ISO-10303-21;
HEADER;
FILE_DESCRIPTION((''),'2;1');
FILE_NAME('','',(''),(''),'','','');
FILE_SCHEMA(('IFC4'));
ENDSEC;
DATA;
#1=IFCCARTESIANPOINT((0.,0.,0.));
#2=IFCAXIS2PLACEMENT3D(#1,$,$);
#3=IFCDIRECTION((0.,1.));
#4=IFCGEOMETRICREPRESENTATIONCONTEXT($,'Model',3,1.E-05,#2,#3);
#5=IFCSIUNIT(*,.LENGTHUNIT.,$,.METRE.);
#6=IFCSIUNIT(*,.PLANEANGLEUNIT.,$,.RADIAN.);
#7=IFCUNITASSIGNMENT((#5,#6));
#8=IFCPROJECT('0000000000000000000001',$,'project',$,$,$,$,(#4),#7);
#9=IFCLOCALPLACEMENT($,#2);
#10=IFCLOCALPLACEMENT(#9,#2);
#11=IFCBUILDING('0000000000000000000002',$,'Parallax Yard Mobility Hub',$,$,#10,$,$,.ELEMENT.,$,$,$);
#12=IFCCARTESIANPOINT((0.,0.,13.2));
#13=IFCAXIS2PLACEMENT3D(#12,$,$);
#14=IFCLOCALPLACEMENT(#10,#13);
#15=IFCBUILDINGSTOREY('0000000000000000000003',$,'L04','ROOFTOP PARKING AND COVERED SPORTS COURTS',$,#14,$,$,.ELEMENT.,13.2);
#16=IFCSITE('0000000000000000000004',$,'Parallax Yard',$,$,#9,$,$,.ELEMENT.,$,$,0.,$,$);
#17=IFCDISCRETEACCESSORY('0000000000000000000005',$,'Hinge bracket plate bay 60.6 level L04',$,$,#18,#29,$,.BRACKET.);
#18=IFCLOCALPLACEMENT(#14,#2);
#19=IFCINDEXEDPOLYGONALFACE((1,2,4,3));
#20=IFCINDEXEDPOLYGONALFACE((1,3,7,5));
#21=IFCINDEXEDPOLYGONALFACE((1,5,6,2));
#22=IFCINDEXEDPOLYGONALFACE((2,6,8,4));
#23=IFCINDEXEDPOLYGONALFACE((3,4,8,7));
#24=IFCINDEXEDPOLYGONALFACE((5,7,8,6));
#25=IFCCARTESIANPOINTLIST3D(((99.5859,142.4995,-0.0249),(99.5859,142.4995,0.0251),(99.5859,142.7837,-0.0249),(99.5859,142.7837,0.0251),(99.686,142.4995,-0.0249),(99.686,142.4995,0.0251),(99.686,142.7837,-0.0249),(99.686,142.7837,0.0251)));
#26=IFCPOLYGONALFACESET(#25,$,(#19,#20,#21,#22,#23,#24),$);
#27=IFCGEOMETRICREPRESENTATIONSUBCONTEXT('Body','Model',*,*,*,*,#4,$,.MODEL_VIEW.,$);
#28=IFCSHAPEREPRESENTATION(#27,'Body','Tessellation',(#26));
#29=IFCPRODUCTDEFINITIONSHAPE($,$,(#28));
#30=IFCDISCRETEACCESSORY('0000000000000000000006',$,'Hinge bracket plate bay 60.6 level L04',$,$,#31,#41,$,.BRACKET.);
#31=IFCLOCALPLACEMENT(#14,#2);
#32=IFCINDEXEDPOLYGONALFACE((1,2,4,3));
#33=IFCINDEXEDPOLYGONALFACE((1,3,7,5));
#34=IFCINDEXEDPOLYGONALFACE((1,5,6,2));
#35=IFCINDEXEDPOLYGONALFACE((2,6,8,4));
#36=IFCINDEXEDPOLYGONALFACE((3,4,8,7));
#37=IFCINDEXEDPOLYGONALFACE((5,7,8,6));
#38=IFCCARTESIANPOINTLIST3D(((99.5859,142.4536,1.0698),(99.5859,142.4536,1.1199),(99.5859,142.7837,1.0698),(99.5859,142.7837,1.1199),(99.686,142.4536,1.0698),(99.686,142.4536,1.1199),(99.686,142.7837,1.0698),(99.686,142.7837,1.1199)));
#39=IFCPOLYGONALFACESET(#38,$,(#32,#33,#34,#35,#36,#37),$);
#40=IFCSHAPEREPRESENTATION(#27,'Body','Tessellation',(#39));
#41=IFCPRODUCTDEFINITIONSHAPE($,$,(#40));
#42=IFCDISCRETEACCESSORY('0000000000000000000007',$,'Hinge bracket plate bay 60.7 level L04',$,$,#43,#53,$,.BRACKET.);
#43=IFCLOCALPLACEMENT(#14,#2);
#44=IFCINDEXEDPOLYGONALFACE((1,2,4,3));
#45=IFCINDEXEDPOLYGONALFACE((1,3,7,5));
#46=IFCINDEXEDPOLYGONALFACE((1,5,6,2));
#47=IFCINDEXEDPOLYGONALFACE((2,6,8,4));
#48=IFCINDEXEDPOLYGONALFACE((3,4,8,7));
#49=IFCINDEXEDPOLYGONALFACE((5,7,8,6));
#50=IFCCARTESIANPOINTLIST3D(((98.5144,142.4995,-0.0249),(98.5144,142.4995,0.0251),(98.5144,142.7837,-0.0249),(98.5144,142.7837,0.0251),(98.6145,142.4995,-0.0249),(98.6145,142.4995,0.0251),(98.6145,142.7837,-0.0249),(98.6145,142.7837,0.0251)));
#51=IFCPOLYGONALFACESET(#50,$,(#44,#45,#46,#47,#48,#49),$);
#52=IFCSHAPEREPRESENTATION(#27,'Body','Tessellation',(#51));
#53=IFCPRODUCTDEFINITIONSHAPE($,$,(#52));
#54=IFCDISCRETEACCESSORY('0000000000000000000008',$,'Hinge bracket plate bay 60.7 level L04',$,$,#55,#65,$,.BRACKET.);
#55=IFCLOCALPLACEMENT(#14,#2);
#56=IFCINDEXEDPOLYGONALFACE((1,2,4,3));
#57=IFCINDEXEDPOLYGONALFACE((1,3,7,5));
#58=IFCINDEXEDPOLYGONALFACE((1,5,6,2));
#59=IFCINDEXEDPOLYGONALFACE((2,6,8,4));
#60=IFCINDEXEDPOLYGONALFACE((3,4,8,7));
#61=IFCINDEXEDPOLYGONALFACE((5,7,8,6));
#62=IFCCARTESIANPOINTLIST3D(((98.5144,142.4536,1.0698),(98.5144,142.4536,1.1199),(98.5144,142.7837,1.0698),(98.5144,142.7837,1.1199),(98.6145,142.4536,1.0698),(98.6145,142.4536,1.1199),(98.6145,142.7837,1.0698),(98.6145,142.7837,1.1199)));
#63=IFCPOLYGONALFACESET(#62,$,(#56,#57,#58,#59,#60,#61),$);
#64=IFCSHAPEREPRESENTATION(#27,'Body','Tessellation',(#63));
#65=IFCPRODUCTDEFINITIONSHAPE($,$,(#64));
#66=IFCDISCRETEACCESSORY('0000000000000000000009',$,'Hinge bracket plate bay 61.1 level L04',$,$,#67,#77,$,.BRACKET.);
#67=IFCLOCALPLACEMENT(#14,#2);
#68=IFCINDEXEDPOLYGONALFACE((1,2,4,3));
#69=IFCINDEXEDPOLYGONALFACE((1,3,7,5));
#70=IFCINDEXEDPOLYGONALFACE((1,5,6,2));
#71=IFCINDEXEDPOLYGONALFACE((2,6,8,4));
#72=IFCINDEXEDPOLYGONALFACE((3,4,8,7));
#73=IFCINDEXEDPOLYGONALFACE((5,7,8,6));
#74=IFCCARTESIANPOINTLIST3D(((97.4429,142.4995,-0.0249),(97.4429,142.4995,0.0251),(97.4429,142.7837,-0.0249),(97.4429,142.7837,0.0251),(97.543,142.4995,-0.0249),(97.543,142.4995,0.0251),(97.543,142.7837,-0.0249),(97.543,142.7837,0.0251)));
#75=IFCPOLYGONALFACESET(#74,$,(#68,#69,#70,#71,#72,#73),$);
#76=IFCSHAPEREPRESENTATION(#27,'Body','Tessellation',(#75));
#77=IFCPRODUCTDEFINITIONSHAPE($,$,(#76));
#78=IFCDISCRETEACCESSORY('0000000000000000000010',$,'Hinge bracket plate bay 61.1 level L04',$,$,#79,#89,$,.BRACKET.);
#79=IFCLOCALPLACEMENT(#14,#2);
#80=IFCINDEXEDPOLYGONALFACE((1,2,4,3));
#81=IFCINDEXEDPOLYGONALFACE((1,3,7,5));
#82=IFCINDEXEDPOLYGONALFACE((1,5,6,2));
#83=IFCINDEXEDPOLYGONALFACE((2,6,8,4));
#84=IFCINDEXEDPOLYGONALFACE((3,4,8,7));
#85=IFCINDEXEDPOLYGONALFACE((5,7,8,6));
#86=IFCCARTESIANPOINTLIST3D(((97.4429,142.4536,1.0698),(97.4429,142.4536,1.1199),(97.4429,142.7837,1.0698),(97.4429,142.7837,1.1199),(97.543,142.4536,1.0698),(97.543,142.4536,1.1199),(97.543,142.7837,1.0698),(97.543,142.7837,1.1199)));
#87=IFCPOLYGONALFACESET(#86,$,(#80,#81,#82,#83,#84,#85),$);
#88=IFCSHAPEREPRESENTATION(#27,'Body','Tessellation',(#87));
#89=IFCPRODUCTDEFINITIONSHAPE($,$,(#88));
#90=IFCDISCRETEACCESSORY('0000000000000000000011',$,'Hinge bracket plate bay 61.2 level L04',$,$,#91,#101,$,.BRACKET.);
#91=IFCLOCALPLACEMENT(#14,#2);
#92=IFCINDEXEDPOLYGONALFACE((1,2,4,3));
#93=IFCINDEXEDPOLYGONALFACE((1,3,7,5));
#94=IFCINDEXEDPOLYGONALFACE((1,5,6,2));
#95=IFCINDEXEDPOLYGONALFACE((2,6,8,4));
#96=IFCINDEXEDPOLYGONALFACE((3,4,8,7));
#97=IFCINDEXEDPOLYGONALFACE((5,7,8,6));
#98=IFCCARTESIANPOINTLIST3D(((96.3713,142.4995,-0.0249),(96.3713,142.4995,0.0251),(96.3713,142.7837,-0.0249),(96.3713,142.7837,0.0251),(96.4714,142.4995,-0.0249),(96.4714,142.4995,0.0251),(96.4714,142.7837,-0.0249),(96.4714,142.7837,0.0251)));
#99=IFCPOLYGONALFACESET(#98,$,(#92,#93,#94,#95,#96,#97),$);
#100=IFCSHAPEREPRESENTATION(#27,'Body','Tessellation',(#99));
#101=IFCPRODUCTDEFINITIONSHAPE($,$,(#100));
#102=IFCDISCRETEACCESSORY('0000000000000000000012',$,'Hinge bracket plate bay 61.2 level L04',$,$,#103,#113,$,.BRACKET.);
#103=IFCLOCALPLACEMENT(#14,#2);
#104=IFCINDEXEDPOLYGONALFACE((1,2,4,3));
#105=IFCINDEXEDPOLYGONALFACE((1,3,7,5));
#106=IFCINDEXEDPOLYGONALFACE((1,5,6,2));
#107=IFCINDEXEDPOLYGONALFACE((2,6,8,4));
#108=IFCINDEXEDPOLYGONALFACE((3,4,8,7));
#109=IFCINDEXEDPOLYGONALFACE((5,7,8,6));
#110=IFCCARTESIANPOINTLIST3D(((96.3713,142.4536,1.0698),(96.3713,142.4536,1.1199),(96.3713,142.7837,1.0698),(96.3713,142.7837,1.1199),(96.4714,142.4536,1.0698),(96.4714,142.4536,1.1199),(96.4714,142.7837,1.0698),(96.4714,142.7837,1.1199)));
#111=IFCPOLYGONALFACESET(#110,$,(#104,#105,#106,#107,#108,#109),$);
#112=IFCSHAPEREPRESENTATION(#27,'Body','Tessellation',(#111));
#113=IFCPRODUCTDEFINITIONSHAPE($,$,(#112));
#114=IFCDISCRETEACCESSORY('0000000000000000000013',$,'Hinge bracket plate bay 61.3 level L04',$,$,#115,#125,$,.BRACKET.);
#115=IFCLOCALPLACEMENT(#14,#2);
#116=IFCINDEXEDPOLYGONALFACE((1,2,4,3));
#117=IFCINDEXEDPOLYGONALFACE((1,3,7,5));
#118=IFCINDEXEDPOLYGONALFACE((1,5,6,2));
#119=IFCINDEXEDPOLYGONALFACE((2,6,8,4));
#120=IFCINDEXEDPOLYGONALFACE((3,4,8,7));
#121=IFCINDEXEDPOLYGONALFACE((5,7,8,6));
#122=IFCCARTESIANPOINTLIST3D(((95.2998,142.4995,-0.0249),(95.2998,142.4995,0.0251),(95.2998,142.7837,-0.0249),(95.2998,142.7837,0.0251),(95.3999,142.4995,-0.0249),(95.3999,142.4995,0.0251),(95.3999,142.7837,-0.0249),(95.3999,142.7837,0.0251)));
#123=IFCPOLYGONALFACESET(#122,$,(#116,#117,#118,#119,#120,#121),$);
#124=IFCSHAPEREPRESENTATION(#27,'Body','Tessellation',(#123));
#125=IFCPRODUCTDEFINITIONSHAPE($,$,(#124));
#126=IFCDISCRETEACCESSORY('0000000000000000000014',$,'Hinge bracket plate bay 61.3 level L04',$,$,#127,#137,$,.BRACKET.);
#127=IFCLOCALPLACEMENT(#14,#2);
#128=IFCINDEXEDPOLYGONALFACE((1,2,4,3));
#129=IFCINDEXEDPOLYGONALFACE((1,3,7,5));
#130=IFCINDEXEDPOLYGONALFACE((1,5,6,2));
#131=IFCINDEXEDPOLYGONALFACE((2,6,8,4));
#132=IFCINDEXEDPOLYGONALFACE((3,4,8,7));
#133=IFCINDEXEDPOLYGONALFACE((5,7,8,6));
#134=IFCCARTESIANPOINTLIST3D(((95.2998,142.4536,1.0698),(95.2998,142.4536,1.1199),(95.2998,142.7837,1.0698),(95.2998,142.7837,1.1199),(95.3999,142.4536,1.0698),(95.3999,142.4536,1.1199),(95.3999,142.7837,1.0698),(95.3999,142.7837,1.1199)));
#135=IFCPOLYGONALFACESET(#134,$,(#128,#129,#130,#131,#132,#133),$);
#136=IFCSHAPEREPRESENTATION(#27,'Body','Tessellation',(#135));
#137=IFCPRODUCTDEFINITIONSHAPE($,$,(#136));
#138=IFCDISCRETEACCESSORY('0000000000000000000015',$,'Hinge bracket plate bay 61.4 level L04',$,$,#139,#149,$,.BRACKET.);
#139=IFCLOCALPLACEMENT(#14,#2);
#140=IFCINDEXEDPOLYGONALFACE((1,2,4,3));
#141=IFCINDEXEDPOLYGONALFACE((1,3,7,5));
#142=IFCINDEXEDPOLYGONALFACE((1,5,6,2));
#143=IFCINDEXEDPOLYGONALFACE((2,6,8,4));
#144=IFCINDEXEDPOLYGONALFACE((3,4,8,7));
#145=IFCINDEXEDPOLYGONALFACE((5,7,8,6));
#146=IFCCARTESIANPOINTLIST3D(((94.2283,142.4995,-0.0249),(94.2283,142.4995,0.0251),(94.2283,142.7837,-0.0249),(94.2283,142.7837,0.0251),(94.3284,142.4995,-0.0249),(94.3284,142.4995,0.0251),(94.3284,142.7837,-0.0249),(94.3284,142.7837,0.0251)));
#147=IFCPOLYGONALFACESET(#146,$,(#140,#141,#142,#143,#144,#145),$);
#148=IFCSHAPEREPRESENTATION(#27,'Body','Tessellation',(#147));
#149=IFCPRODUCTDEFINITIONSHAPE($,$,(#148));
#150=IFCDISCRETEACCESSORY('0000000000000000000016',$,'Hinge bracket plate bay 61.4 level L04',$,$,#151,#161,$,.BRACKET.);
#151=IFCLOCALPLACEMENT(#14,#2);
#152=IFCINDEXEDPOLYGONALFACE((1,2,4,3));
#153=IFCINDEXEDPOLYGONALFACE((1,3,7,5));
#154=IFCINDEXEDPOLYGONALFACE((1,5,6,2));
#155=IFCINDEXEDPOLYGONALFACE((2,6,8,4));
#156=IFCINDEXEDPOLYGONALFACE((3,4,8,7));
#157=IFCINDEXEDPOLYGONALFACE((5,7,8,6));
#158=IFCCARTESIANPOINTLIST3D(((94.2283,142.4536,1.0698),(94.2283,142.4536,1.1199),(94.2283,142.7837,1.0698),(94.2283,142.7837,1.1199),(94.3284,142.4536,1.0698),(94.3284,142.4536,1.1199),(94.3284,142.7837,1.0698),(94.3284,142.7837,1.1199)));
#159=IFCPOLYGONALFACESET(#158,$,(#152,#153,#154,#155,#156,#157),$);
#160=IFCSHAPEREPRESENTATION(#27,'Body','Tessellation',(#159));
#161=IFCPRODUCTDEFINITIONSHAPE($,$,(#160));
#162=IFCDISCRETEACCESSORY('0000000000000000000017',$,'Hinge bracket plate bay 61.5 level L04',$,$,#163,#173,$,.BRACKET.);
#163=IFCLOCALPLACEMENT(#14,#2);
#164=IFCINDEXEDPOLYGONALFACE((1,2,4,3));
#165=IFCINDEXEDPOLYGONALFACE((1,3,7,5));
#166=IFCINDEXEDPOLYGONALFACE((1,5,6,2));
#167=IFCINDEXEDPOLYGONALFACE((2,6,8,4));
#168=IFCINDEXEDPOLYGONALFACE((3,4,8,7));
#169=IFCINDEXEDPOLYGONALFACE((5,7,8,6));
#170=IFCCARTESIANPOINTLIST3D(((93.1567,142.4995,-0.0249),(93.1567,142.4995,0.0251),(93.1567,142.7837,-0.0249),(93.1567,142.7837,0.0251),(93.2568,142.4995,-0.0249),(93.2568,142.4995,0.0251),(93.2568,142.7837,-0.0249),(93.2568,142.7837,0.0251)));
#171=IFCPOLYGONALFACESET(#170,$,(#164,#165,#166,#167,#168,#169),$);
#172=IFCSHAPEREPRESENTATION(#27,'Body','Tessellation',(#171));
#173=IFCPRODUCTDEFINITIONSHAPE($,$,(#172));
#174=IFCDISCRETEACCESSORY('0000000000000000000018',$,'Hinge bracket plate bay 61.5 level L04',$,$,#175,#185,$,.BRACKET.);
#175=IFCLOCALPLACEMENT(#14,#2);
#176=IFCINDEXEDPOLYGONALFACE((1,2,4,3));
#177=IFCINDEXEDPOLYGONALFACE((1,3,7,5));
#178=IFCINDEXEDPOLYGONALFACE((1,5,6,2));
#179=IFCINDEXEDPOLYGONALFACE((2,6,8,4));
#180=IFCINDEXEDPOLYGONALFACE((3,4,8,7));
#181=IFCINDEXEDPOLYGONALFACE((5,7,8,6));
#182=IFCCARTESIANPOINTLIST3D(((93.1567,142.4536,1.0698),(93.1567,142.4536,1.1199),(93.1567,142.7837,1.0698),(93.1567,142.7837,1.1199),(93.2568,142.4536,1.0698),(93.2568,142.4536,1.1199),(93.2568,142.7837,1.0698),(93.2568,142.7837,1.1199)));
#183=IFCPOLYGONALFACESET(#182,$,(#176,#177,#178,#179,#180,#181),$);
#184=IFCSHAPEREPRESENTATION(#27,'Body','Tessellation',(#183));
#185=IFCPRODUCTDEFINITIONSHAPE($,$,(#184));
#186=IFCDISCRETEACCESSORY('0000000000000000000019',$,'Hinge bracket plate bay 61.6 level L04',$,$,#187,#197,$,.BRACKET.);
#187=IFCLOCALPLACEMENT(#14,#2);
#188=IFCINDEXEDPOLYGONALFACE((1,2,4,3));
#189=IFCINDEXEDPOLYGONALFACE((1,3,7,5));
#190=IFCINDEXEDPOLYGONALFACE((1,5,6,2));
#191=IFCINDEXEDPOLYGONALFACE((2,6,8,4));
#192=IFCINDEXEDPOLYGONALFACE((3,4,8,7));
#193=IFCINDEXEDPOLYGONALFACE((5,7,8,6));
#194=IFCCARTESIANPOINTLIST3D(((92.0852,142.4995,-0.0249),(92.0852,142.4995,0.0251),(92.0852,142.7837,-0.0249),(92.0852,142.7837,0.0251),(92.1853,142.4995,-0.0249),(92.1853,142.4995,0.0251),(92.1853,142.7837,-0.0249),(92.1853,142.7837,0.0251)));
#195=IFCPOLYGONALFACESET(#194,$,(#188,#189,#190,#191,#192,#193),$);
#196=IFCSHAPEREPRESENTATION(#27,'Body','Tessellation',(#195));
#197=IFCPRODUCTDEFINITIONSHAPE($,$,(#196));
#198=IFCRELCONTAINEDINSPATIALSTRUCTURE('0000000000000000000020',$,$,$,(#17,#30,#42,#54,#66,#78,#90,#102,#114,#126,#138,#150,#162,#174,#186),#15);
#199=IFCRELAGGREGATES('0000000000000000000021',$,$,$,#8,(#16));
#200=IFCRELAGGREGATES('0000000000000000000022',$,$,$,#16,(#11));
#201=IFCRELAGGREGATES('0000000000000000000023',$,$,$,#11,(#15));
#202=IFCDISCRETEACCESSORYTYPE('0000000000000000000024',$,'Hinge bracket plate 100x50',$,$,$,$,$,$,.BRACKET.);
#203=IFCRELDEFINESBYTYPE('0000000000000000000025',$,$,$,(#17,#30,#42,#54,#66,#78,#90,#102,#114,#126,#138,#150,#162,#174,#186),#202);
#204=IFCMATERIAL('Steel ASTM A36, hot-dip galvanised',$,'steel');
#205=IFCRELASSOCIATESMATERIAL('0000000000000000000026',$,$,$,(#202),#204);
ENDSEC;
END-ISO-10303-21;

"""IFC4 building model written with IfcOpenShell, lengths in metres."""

from ifc_helpers import new_model, si_unit, direction, frame, origin, origin_2d, place, context, subcontext, project, spatial, rectangle, extrude, material, type_object, element, save


model = new_model("IFC4")

# Units and contexts
model_context = context("Model", 3, precision=1e-05, world=origin(), true_north=direction((0.0, 1.0)))
body_context = subcontext(model_context, "Body", "Model", "MODEL_VIEW")
ifc_project = project(units=[si_unit("LENGTHUNIT", "METRE"), si_unit("PLANEANGLEUNIT", "RADIAN")], contexts=[model_context])

# Site, building, storey
site_placement = place(None, origin())
site = spatial("IfcSite", under=ifc_project, at=site_placement, Name="Parallax Yard", CompositionType="ELEMENT", RefElevation=0.0)
building_placement = place(site_placement, origin())
building = spatial("IfcBuilding", under=site, at=building_placement, Name="Parallax Yard Mobility Hub", CompositionType="ELEMENT")
storey_placement = place(building_placement, frame((0.0, 0.0, 13.2)))
storey = spatial("IfcBuildingStorey", under=building, at=storey_placement, Name="L04", Description="ROOFTOP PARKING AND COVERED SPORTS COURTS", CompositionType="ELEMENT", Elevation=13.2)

# Discrete accessories
ifc_material_1 = material(Name="Steel ASTM A36, hot-dip galvanised", Category="steel")
discrete_accessory_type_1 = type_object("IfcDiscreteAccessoryType", Name="Hinge bracket plate 100x50", PredefinedType="BRACKET", material=ifc_material_1)
discrete_accessory_1_placement = place(storey_placement, frame((99.636, 142.6416, -0.0249), z_axis=(0.0, 0.0, 1.0), x_axis=(0.0, 1.0, 0.0)))
element("IfcDiscreteAccessory", 1, at=discrete_accessory_1_placement, inside=storey, type_object=discrete_accessory_type_1, Name="Hinge bracket plate bay 60.6 level L04", PredefinedType="BRACKET", context=body_context, shape_type="SweptSolid", body=[
    extrude(rectangle(XDim=0.2842, YDim=0.1001, at=origin_2d()), origin(), (0.0, 0.0, 1.0), 0.05),
])
discrete_accessory_2_placement = place(storey_placement, frame((99.636, 142.6187, 1.0698), z_axis=(0.0, 0.0, 1.0), x_axis=(0.0, 1.0, 0.0)))
element("IfcDiscreteAccessory", 2, at=discrete_accessory_2_placement, inside=storey, type_object=discrete_accessory_type_1, Name="Hinge bracket plate bay 60.6 level L04", PredefinedType="BRACKET", context=body_context, shape_type="SweptSolid", body=[
    extrude(rectangle(XDim=0.3301, YDim=0.1001, at=origin_2d()), origin(), (0.0, 0.0, 1.0), 0.05),
])
discrete_accessory_3_placement = place(storey_placement, frame((98.5645, 142.6416, -0.0249), z_axis=(0.0, 0.0, 1.0), x_axis=(0.0, 1.0, 0.0)))
element("IfcDiscreteAccessory", 3, at=discrete_accessory_3_placement, inside=storey, type_object=discrete_accessory_type_1, Name="Hinge bracket plate bay 60.7 level L04", PredefinedType="BRACKET", context=body_context, shape_type="SweptSolid", body=[
    extrude(rectangle(XDim=0.2842, YDim=0.1001, at=origin_2d()), origin(), (0.0, 0.0, 1.0), 0.05),
])
discrete_accessory_4_placement = place(storey_placement, frame((98.5645, 142.6187, 1.0698), z_axis=(0.0, 0.0, 1.0), x_axis=(0.0, 1.0, 0.0)))
element("IfcDiscreteAccessory", 4, at=discrete_accessory_4_placement, inside=storey, type_object=discrete_accessory_type_1, Name="Hinge bracket plate bay 60.7 level L04", PredefinedType="BRACKET", context=body_context, shape_type="SweptSolid", body=[
    extrude(rectangle(XDim=0.3301, YDim=0.1001, at=origin_2d()), origin(), (0.0, 0.0, 1.0), 0.05),
])
discrete_accessory_5_placement = place(storey_placement, frame((97.4929, 142.6416, -0.0249), z_axis=(0.0, 0.0, 1.0), x_axis=(0.0, 1.0, 0.0)))
element("IfcDiscreteAccessory", 5, at=discrete_accessory_5_placement, inside=storey, type_object=discrete_accessory_type_1, Name="Hinge bracket plate bay 61.1 level L04", PredefinedType="BRACKET", context=body_context, shape_type="SweptSolid", body=[
    extrude(rectangle(XDim=0.2842, YDim=0.1001, at=origin_2d()), origin(), (0.0, 0.0, 1.0), 0.05),
])
discrete_accessory_6_placement = place(storey_placement, frame((97.4929, 142.6187, 1.0698), z_axis=(0.0, 0.0, 1.0), x_axis=(0.0, 1.0, 0.0)))
element("IfcDiscreteAccessory", 6, at=discrete_accessory_6_placement, inside=storey, type_object=discrete_accessory_type_1, Name="Hinge bracket plate bay 61.1 level L04", PredefinedType="BRACKET", context=body_context, shape_type="SweptSolid", body=[
    extrude(rectangle(XDim=0.3301, YDim=0.1001, at=origin_2d()), origin(), (0.0, 0.0, 1.0), 0.05),
])
discrete_accessory_7_placement = place(storey_placement, frame((96.4214, 142.6416, -0.0249), z_axis=(0.0, 0.0, 1.0), x_axis=(0.0, 1.0, 0.0)))
element("IfcDiscreteAccessory", 7, at=discrete_accessory_7_placement, inside=storey, type_object=discrete_accessory_type_1, Name="Hinge bracket plate bay 61.2 level L04", PredefinedType="BRACKET", context=body_context, shape_type="SweptSolid", body=[
    extrude(rectangle(XDim=0.2842, YDim=0.1001, at=origin_2d()), origin(), (0.0, 0.0, 1.0), 0.05),
])
discrete_accessory_8_placement = place(storey_placement, frame((96.4214, 142.6187, 1.0698), z_axis=(0.0, 0.0, 1.0), x_axis=(0.0, 1.0, 0.0)))
element("IfcDiscreteAccessory", 8, at=discrete_accessory_8_placement, inside=storey, type_object=discrete_accessory_type_1, Name="Hinge bracket plate bay 61.2 level L04", PredefinedType="BRACKET", context=body_context, shape_type="SweptSolid", body=[
    extrude(rectangle(XDim=0.3301, YDim=0.1001, at=origin_2d()), origin(), (0.0, 0.0, 1.0), 0.05),
])
discrete_accessory_9_placement = place(storey_placement, frame((95.3499, 142.6416, -0.0249), z_axis=(0.0, 0.0, 1.0), x_axis=(0.0, 1.0, 0.0)))
element("IfcDiscreteAccessory", 9, at=discrete_accessory_9_placement, inside=storey, type_object=discrete_accessory_type_1, Name="Hinge bracket plate bay 61.3 level L04", PredefinedType="BRACKET", context=body_context, shape_type="SweptSolid", body=[
    extrude(rectangle(XDim=0.2842, YDim=0.1001, at=origin_2d()), origin(), (0.0, 0.0, 1.0), 0.05),
])
discrete_accessory_10_placement = place(storey_placement, frame((95.3499, 142.6187, 1.0698), z_axis=(0.0, 0.0, 1.0), x_axis=(0.0, 1.0, 0.0)))
element("IfcDiscreteAccessory", 10, at=discrete_accessory_10_placement, inside=storey, type_object=discrete_accessory_type_1, Name="Hinge bracket plate bay 61.3 level L04", PredefinedType="BRACKET", context=body_context, shape_type="SweptSolid", body=[
    extrude(rectangle(XDim=0.3301, YDim=0.1001, at=origin_2d()), origin(), (0.0, 0.0, 1.0), 0.05),
])
discrete_accessory_11_placement = place(storey_placement, frame((94.2783, 142.6416, -0.0249), z_axis=(0.0, 0.0, 1.0), x_axis=(0.0, 1.0, 0.0)))
element("IfcDiscreteAccessory", 11, at=discrete_accessory_11_placement, inside=storey, type_object=discrete_accessory_type_1, Name="Hinge bracket plate bay 61.4 level L04", PredefinedType="BRACKET", context=body_context, shape_type="SweptSolid", body=[
    extrude(rectangle(XDim=0.2842, YDim=0.1001, at=origin_2d()), origin(), (0.0, 0.0, 1.0), 0.05),
])
discrete_accessory_12_placement = place(storey_placement, frame((94.2783, 142.6187, 1.0698), z_axis=(0.0, 0.0, 1.0), x_axis=(0.0, 1.0, 0.0)))
element("IfcDiscreteAccessory", 12, at=discrete_accessory_12_placement, inside=storey, type_object=discrete_accessory_type_1, Name="Hinge bracket plate bay 61.4 level L04", PredefinedType="BRACKET", context=body_context, shape_type="SweptSolid", body=[
    extrude(rectangle(XDim=0.3301, YDim=0.1001, at=origin_2d()), origin(), (0.0, 0.0, 1.0), 0.05),
])
discrete_accessory_13_placement = place(storey_placement, frame((93.2068, 142.6416, -0.0249), z_axis=(0.0, 0.0, 1.0), x_axis=(0.0, 1.0, 0.0)))
element("IfcDiscreteAccessory", 13, at=discrete_accessory_13_placement, inside=storey, type_object=discrete_accessory_type_1, Name="Hinge bracket plate bay 61.5 level L04", PredefinedType="BRACKET", context=body_context, shape_type="SweptSolid", body=[
    extrude(rectangle(XDim=0.2842, YDim=0.1001, at=origin_2d()), origin(), (0.0, 0.0, 1.0), 0.05),
])
discrete_accessory_14_placement = place(storey_placement, frame((93.2068, 142.6187, 1.0698), z_axis=(0.0, 0.0, 1.0), x_axis=(0.0, 1.0, 0.0)))
element("IfcDiscreteAccessory", 14, at=discrete_accessory_14_placement, inside=storey, type_object=discrete_accessory_type_1, Name="Hinge bracket plate bay 61.5 level L04", PredefinedType="BRACKET", context=body_context, shape_type="SweptSolid", body=[
    extrude(rectangle(XDim=0.3301, YDim=0.1001, at=origin_2d()), origin(), (0.0, 0.0, 1.0), 0.05),
])
discrete_accessory_15_placement = place(storey_placement, frame((92.1353, 142.6416, -0.0249), z_axis=(0.0, 0.0, 1.0), x_axis=(0.0, 1.0, 0.0)))
element("IfcDiscreteAccessory", 15, at=discrete_accessory_15_placement, inside=storey, type_object=discrete_accessory_type_1, Name="Hinge bracket plate bay 61.6 level L04", PredefinedType="BRACKET", context=body_context, shape_type="SweptSolid", body=[
    extrude(rectangle(XDim=0.2842, YDim=0.1001, at=origin_2d()), origin(), (0.0, 0.0, 1.0), 0.05),
])

save(model, "model.ifc")
